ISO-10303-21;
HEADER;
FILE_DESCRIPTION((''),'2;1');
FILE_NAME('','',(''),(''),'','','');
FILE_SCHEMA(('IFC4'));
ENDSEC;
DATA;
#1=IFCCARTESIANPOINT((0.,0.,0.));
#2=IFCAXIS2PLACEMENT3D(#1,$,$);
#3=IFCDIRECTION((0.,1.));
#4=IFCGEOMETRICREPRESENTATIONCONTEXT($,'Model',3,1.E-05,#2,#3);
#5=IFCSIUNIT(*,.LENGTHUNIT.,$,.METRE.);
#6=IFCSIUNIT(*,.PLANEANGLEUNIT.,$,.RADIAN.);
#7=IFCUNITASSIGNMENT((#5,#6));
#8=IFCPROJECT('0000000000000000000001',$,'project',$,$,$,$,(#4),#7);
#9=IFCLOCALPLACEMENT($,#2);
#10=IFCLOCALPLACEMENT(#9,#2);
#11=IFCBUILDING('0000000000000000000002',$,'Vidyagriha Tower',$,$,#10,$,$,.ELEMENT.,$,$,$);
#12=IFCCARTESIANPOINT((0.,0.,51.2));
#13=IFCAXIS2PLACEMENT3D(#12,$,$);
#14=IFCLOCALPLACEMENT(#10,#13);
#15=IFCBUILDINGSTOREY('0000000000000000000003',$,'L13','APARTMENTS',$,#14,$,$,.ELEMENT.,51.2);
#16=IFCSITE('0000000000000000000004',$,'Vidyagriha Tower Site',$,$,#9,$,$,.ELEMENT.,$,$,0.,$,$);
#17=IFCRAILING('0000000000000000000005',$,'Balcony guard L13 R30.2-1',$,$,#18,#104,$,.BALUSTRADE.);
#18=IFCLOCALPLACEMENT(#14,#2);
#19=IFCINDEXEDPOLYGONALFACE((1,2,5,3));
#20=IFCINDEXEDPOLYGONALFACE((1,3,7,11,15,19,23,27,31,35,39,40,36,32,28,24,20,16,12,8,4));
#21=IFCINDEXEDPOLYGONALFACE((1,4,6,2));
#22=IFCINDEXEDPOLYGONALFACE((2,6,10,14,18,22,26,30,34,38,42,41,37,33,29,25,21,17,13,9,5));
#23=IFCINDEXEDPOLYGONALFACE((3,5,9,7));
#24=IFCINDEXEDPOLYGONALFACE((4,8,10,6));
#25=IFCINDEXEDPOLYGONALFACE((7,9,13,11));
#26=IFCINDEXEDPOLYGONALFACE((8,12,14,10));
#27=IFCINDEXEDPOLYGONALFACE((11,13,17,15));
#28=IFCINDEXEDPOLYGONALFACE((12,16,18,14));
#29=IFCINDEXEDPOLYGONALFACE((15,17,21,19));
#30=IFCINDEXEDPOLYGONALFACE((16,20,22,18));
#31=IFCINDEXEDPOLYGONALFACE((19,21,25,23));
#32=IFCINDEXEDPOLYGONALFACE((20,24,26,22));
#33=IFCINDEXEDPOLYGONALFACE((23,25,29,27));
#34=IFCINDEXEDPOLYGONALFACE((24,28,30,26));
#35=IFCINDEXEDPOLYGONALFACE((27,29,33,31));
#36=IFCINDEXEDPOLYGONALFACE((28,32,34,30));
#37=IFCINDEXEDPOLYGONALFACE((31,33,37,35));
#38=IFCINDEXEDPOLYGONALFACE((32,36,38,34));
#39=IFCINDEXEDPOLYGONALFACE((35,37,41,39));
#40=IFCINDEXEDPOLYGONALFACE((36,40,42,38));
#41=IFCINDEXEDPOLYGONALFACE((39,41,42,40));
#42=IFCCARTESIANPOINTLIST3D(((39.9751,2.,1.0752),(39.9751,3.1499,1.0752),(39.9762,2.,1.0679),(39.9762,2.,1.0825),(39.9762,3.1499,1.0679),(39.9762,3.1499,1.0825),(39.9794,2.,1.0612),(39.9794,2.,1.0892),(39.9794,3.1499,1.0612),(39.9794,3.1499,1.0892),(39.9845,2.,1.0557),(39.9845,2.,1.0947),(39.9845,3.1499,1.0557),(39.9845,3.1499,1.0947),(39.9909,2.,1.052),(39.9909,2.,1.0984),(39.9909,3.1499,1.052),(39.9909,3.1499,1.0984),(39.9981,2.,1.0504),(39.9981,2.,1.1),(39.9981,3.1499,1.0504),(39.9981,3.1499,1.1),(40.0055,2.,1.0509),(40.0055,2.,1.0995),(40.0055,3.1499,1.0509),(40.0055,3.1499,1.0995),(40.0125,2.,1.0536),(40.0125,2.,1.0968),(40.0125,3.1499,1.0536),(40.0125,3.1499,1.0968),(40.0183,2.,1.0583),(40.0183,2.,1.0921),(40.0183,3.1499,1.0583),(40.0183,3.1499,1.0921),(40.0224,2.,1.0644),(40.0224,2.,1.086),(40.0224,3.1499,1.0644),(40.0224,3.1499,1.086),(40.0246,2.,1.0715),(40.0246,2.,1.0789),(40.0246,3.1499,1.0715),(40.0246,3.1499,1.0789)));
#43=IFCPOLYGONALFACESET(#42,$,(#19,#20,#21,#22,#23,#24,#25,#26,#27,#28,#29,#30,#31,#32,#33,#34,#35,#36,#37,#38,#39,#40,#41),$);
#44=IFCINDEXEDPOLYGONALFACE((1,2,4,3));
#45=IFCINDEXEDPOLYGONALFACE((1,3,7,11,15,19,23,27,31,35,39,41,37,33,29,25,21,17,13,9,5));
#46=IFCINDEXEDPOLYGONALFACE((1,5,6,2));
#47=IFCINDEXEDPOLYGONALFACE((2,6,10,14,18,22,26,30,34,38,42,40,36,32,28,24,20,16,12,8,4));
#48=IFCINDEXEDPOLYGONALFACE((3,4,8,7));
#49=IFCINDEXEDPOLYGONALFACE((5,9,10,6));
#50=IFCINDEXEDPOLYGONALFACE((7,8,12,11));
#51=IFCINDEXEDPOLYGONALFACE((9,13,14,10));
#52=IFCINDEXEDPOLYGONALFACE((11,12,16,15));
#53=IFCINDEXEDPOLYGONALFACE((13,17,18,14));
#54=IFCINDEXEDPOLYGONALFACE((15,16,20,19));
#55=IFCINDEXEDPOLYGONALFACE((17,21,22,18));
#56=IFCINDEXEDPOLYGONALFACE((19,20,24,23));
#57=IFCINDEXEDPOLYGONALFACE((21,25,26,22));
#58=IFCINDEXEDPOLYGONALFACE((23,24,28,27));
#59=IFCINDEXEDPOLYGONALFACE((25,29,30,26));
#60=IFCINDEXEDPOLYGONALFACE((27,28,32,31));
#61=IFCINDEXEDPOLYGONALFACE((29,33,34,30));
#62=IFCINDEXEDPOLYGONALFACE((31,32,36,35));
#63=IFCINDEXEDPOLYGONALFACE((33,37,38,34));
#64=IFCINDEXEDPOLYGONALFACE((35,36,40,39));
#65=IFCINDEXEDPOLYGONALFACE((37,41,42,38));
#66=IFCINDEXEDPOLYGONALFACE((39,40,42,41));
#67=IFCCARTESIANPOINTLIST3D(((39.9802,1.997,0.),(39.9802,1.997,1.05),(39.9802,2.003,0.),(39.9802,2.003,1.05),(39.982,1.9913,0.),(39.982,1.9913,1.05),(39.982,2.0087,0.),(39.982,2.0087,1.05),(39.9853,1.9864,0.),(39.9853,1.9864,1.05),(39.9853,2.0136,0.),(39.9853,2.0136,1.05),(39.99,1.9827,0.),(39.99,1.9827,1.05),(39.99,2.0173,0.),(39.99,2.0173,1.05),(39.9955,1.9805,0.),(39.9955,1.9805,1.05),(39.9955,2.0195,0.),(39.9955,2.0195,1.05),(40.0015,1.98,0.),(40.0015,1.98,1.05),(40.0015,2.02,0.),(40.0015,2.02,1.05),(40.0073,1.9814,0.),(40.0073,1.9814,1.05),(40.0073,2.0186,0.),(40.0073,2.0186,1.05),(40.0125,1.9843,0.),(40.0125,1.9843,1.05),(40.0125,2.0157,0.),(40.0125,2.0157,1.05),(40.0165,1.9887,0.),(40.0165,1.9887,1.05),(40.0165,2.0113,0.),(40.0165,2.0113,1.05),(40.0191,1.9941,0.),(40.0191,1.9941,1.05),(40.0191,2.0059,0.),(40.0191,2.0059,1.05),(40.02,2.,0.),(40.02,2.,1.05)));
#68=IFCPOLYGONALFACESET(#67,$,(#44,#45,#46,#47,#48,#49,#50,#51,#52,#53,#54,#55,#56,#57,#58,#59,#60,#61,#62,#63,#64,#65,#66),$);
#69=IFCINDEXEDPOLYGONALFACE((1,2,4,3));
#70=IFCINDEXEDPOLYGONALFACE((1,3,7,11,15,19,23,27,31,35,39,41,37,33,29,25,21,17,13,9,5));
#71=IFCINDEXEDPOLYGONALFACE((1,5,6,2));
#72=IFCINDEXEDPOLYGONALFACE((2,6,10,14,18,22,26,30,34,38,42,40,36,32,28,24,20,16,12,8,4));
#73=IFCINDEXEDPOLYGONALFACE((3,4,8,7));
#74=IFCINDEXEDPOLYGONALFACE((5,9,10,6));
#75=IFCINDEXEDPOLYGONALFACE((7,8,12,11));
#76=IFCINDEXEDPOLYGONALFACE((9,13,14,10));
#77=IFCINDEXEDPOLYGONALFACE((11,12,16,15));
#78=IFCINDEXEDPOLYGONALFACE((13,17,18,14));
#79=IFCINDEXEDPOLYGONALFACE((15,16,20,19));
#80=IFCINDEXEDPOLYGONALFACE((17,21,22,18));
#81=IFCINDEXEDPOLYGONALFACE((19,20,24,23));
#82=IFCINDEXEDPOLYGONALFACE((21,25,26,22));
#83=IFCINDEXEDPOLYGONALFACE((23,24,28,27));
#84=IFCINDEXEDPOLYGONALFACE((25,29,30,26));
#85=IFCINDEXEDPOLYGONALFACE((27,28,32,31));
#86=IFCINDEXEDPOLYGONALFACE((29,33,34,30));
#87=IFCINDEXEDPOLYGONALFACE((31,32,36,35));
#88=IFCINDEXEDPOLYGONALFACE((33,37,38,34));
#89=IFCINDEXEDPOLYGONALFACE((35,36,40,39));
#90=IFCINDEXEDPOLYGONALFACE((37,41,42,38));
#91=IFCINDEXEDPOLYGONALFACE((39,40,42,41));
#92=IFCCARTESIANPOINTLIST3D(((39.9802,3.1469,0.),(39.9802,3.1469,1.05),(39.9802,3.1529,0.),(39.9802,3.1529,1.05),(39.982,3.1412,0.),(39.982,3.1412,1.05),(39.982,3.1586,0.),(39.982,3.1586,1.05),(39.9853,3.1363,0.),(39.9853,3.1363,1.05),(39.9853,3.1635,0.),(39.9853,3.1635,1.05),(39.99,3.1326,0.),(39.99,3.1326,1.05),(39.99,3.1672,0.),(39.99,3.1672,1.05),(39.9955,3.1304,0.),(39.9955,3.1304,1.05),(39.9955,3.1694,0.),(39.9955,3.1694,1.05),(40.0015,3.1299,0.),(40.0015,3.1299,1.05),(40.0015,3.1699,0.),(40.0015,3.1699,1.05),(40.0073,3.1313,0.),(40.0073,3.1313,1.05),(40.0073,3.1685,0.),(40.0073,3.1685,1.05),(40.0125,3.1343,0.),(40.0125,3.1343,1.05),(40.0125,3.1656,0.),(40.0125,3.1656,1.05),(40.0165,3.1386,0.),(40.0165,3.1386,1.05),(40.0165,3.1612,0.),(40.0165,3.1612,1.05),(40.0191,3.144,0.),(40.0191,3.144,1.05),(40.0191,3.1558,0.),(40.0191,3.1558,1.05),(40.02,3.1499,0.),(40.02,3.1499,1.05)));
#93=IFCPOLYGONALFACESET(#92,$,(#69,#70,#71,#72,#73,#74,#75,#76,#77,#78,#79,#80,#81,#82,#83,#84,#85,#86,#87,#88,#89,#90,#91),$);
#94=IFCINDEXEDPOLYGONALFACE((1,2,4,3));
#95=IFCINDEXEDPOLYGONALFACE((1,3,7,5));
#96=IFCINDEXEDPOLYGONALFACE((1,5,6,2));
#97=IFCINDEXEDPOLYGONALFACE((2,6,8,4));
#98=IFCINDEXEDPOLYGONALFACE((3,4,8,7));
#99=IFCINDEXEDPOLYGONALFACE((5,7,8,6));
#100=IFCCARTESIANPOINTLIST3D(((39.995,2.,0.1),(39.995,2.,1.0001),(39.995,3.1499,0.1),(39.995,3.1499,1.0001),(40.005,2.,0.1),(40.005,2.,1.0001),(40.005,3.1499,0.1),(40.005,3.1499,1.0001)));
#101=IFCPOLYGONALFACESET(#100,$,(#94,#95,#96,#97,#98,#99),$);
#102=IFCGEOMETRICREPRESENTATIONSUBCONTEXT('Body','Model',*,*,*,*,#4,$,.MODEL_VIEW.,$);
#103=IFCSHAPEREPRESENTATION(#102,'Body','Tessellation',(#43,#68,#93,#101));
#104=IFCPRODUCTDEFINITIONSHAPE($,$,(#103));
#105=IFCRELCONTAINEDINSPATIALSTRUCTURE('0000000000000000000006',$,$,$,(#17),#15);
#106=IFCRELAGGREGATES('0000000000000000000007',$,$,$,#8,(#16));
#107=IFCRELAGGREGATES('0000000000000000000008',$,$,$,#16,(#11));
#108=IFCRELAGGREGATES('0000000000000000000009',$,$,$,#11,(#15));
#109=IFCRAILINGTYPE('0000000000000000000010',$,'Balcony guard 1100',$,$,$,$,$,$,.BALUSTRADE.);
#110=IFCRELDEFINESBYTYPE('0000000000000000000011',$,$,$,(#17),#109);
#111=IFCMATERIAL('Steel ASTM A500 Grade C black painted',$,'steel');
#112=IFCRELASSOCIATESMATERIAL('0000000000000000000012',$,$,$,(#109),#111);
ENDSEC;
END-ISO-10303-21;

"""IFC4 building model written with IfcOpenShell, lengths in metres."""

from ifc_helpers import new_model, si_unit, direction, frame, origin, origin_2d, place, context, subcontext, project, spatial, rectangle, circle, extrude, material, type_object, element, save


model = new_model("IFC4")

# Units and contexts
model_context = context("Model", 3, precision=1e-05, world=origin(), true_north=direction((0.0, 1.0)))
body_context = subcontext(model_context, "Body", "Model", "MODEL_VIEW")
ifc_project = project(units=[si_unit("LENGTHUNIT", "METRE"), si_unit("PLANEANGLEUNIT", "RADIAN")], contexts=[model_context])

# Site, building, storey
site_placement = place(None, origin())
site = spatial("IfcSite", under=ifc_project, at=site_placement, Name="Vidyagriha Tower Site", CompositionType="ELEMENT", RefElevation=0.0)
building_placement = place(site_placement, origin())
building = spatial("IfcBuilding", under=site, at=building_placement, Name="Vidyagriha Tower", CompositionType="ELEMENT")
storey_placement = place(building_placement, frame((0.0, 0.0, 51.2)))
storey = spatial("IfcBuildingStorey", under=building, at=storey_placement, Name="L13", Description="APARTMENTS", CompositionType="ELEMENT", Elevation=51.2)

# Railing
ifc_material_1 = material(Name="Steel ASTM A500 Grade C black painted", Category="steel")
railing_type_1 = type_object("IfcRailingType", Name="Balcony guard 1100", PredefinedType="BALUSTRADE", material=ifc_material_1)
railing_1_placement = place(storey_placement, frame((40.0, 2.0, 0.0)))
element("IfcRailing", 1, at=railing_1_placement, inside=storey, type_object=railing_type_1, Name="Balcony guard L13 R30.2-1", PredefinedType="BALUSTRADE", context=body_context, shape_type="SweptSolid", body=[
    extrude(circle(Radius=0.0249, at=origin_2d()), frame((0.0, 0.0, 1.0752), z_axis=(0.0, 1.0, 0.0), x_axis=(-1.0, 0.0, 0.0)), (0.0, 0.0, 1.0), 1.1499),
    extrude(circle(Radius=0.02, at=origin_2d()), origin(), (0.0, 0.0, 1.0), 1.05),
    extrude(circle(Radius=0.02, at=origin_2d()), frame((0.0, 1.1499, 0.0)), (0.0, 0.0, 1.0), 1.05),
    extrude(rectangle(XDim=0.01, YDim=0.9001, at=origin_2d()), frame((0.0, 0.0, 0.55), z_axis=(0.0, 1.0, 0.0), x_axis=(-1.0, 0.0, 0.0)), (0.0, 0.0, 1.0), 1.1499),
])

save(model, "model.ifc")
